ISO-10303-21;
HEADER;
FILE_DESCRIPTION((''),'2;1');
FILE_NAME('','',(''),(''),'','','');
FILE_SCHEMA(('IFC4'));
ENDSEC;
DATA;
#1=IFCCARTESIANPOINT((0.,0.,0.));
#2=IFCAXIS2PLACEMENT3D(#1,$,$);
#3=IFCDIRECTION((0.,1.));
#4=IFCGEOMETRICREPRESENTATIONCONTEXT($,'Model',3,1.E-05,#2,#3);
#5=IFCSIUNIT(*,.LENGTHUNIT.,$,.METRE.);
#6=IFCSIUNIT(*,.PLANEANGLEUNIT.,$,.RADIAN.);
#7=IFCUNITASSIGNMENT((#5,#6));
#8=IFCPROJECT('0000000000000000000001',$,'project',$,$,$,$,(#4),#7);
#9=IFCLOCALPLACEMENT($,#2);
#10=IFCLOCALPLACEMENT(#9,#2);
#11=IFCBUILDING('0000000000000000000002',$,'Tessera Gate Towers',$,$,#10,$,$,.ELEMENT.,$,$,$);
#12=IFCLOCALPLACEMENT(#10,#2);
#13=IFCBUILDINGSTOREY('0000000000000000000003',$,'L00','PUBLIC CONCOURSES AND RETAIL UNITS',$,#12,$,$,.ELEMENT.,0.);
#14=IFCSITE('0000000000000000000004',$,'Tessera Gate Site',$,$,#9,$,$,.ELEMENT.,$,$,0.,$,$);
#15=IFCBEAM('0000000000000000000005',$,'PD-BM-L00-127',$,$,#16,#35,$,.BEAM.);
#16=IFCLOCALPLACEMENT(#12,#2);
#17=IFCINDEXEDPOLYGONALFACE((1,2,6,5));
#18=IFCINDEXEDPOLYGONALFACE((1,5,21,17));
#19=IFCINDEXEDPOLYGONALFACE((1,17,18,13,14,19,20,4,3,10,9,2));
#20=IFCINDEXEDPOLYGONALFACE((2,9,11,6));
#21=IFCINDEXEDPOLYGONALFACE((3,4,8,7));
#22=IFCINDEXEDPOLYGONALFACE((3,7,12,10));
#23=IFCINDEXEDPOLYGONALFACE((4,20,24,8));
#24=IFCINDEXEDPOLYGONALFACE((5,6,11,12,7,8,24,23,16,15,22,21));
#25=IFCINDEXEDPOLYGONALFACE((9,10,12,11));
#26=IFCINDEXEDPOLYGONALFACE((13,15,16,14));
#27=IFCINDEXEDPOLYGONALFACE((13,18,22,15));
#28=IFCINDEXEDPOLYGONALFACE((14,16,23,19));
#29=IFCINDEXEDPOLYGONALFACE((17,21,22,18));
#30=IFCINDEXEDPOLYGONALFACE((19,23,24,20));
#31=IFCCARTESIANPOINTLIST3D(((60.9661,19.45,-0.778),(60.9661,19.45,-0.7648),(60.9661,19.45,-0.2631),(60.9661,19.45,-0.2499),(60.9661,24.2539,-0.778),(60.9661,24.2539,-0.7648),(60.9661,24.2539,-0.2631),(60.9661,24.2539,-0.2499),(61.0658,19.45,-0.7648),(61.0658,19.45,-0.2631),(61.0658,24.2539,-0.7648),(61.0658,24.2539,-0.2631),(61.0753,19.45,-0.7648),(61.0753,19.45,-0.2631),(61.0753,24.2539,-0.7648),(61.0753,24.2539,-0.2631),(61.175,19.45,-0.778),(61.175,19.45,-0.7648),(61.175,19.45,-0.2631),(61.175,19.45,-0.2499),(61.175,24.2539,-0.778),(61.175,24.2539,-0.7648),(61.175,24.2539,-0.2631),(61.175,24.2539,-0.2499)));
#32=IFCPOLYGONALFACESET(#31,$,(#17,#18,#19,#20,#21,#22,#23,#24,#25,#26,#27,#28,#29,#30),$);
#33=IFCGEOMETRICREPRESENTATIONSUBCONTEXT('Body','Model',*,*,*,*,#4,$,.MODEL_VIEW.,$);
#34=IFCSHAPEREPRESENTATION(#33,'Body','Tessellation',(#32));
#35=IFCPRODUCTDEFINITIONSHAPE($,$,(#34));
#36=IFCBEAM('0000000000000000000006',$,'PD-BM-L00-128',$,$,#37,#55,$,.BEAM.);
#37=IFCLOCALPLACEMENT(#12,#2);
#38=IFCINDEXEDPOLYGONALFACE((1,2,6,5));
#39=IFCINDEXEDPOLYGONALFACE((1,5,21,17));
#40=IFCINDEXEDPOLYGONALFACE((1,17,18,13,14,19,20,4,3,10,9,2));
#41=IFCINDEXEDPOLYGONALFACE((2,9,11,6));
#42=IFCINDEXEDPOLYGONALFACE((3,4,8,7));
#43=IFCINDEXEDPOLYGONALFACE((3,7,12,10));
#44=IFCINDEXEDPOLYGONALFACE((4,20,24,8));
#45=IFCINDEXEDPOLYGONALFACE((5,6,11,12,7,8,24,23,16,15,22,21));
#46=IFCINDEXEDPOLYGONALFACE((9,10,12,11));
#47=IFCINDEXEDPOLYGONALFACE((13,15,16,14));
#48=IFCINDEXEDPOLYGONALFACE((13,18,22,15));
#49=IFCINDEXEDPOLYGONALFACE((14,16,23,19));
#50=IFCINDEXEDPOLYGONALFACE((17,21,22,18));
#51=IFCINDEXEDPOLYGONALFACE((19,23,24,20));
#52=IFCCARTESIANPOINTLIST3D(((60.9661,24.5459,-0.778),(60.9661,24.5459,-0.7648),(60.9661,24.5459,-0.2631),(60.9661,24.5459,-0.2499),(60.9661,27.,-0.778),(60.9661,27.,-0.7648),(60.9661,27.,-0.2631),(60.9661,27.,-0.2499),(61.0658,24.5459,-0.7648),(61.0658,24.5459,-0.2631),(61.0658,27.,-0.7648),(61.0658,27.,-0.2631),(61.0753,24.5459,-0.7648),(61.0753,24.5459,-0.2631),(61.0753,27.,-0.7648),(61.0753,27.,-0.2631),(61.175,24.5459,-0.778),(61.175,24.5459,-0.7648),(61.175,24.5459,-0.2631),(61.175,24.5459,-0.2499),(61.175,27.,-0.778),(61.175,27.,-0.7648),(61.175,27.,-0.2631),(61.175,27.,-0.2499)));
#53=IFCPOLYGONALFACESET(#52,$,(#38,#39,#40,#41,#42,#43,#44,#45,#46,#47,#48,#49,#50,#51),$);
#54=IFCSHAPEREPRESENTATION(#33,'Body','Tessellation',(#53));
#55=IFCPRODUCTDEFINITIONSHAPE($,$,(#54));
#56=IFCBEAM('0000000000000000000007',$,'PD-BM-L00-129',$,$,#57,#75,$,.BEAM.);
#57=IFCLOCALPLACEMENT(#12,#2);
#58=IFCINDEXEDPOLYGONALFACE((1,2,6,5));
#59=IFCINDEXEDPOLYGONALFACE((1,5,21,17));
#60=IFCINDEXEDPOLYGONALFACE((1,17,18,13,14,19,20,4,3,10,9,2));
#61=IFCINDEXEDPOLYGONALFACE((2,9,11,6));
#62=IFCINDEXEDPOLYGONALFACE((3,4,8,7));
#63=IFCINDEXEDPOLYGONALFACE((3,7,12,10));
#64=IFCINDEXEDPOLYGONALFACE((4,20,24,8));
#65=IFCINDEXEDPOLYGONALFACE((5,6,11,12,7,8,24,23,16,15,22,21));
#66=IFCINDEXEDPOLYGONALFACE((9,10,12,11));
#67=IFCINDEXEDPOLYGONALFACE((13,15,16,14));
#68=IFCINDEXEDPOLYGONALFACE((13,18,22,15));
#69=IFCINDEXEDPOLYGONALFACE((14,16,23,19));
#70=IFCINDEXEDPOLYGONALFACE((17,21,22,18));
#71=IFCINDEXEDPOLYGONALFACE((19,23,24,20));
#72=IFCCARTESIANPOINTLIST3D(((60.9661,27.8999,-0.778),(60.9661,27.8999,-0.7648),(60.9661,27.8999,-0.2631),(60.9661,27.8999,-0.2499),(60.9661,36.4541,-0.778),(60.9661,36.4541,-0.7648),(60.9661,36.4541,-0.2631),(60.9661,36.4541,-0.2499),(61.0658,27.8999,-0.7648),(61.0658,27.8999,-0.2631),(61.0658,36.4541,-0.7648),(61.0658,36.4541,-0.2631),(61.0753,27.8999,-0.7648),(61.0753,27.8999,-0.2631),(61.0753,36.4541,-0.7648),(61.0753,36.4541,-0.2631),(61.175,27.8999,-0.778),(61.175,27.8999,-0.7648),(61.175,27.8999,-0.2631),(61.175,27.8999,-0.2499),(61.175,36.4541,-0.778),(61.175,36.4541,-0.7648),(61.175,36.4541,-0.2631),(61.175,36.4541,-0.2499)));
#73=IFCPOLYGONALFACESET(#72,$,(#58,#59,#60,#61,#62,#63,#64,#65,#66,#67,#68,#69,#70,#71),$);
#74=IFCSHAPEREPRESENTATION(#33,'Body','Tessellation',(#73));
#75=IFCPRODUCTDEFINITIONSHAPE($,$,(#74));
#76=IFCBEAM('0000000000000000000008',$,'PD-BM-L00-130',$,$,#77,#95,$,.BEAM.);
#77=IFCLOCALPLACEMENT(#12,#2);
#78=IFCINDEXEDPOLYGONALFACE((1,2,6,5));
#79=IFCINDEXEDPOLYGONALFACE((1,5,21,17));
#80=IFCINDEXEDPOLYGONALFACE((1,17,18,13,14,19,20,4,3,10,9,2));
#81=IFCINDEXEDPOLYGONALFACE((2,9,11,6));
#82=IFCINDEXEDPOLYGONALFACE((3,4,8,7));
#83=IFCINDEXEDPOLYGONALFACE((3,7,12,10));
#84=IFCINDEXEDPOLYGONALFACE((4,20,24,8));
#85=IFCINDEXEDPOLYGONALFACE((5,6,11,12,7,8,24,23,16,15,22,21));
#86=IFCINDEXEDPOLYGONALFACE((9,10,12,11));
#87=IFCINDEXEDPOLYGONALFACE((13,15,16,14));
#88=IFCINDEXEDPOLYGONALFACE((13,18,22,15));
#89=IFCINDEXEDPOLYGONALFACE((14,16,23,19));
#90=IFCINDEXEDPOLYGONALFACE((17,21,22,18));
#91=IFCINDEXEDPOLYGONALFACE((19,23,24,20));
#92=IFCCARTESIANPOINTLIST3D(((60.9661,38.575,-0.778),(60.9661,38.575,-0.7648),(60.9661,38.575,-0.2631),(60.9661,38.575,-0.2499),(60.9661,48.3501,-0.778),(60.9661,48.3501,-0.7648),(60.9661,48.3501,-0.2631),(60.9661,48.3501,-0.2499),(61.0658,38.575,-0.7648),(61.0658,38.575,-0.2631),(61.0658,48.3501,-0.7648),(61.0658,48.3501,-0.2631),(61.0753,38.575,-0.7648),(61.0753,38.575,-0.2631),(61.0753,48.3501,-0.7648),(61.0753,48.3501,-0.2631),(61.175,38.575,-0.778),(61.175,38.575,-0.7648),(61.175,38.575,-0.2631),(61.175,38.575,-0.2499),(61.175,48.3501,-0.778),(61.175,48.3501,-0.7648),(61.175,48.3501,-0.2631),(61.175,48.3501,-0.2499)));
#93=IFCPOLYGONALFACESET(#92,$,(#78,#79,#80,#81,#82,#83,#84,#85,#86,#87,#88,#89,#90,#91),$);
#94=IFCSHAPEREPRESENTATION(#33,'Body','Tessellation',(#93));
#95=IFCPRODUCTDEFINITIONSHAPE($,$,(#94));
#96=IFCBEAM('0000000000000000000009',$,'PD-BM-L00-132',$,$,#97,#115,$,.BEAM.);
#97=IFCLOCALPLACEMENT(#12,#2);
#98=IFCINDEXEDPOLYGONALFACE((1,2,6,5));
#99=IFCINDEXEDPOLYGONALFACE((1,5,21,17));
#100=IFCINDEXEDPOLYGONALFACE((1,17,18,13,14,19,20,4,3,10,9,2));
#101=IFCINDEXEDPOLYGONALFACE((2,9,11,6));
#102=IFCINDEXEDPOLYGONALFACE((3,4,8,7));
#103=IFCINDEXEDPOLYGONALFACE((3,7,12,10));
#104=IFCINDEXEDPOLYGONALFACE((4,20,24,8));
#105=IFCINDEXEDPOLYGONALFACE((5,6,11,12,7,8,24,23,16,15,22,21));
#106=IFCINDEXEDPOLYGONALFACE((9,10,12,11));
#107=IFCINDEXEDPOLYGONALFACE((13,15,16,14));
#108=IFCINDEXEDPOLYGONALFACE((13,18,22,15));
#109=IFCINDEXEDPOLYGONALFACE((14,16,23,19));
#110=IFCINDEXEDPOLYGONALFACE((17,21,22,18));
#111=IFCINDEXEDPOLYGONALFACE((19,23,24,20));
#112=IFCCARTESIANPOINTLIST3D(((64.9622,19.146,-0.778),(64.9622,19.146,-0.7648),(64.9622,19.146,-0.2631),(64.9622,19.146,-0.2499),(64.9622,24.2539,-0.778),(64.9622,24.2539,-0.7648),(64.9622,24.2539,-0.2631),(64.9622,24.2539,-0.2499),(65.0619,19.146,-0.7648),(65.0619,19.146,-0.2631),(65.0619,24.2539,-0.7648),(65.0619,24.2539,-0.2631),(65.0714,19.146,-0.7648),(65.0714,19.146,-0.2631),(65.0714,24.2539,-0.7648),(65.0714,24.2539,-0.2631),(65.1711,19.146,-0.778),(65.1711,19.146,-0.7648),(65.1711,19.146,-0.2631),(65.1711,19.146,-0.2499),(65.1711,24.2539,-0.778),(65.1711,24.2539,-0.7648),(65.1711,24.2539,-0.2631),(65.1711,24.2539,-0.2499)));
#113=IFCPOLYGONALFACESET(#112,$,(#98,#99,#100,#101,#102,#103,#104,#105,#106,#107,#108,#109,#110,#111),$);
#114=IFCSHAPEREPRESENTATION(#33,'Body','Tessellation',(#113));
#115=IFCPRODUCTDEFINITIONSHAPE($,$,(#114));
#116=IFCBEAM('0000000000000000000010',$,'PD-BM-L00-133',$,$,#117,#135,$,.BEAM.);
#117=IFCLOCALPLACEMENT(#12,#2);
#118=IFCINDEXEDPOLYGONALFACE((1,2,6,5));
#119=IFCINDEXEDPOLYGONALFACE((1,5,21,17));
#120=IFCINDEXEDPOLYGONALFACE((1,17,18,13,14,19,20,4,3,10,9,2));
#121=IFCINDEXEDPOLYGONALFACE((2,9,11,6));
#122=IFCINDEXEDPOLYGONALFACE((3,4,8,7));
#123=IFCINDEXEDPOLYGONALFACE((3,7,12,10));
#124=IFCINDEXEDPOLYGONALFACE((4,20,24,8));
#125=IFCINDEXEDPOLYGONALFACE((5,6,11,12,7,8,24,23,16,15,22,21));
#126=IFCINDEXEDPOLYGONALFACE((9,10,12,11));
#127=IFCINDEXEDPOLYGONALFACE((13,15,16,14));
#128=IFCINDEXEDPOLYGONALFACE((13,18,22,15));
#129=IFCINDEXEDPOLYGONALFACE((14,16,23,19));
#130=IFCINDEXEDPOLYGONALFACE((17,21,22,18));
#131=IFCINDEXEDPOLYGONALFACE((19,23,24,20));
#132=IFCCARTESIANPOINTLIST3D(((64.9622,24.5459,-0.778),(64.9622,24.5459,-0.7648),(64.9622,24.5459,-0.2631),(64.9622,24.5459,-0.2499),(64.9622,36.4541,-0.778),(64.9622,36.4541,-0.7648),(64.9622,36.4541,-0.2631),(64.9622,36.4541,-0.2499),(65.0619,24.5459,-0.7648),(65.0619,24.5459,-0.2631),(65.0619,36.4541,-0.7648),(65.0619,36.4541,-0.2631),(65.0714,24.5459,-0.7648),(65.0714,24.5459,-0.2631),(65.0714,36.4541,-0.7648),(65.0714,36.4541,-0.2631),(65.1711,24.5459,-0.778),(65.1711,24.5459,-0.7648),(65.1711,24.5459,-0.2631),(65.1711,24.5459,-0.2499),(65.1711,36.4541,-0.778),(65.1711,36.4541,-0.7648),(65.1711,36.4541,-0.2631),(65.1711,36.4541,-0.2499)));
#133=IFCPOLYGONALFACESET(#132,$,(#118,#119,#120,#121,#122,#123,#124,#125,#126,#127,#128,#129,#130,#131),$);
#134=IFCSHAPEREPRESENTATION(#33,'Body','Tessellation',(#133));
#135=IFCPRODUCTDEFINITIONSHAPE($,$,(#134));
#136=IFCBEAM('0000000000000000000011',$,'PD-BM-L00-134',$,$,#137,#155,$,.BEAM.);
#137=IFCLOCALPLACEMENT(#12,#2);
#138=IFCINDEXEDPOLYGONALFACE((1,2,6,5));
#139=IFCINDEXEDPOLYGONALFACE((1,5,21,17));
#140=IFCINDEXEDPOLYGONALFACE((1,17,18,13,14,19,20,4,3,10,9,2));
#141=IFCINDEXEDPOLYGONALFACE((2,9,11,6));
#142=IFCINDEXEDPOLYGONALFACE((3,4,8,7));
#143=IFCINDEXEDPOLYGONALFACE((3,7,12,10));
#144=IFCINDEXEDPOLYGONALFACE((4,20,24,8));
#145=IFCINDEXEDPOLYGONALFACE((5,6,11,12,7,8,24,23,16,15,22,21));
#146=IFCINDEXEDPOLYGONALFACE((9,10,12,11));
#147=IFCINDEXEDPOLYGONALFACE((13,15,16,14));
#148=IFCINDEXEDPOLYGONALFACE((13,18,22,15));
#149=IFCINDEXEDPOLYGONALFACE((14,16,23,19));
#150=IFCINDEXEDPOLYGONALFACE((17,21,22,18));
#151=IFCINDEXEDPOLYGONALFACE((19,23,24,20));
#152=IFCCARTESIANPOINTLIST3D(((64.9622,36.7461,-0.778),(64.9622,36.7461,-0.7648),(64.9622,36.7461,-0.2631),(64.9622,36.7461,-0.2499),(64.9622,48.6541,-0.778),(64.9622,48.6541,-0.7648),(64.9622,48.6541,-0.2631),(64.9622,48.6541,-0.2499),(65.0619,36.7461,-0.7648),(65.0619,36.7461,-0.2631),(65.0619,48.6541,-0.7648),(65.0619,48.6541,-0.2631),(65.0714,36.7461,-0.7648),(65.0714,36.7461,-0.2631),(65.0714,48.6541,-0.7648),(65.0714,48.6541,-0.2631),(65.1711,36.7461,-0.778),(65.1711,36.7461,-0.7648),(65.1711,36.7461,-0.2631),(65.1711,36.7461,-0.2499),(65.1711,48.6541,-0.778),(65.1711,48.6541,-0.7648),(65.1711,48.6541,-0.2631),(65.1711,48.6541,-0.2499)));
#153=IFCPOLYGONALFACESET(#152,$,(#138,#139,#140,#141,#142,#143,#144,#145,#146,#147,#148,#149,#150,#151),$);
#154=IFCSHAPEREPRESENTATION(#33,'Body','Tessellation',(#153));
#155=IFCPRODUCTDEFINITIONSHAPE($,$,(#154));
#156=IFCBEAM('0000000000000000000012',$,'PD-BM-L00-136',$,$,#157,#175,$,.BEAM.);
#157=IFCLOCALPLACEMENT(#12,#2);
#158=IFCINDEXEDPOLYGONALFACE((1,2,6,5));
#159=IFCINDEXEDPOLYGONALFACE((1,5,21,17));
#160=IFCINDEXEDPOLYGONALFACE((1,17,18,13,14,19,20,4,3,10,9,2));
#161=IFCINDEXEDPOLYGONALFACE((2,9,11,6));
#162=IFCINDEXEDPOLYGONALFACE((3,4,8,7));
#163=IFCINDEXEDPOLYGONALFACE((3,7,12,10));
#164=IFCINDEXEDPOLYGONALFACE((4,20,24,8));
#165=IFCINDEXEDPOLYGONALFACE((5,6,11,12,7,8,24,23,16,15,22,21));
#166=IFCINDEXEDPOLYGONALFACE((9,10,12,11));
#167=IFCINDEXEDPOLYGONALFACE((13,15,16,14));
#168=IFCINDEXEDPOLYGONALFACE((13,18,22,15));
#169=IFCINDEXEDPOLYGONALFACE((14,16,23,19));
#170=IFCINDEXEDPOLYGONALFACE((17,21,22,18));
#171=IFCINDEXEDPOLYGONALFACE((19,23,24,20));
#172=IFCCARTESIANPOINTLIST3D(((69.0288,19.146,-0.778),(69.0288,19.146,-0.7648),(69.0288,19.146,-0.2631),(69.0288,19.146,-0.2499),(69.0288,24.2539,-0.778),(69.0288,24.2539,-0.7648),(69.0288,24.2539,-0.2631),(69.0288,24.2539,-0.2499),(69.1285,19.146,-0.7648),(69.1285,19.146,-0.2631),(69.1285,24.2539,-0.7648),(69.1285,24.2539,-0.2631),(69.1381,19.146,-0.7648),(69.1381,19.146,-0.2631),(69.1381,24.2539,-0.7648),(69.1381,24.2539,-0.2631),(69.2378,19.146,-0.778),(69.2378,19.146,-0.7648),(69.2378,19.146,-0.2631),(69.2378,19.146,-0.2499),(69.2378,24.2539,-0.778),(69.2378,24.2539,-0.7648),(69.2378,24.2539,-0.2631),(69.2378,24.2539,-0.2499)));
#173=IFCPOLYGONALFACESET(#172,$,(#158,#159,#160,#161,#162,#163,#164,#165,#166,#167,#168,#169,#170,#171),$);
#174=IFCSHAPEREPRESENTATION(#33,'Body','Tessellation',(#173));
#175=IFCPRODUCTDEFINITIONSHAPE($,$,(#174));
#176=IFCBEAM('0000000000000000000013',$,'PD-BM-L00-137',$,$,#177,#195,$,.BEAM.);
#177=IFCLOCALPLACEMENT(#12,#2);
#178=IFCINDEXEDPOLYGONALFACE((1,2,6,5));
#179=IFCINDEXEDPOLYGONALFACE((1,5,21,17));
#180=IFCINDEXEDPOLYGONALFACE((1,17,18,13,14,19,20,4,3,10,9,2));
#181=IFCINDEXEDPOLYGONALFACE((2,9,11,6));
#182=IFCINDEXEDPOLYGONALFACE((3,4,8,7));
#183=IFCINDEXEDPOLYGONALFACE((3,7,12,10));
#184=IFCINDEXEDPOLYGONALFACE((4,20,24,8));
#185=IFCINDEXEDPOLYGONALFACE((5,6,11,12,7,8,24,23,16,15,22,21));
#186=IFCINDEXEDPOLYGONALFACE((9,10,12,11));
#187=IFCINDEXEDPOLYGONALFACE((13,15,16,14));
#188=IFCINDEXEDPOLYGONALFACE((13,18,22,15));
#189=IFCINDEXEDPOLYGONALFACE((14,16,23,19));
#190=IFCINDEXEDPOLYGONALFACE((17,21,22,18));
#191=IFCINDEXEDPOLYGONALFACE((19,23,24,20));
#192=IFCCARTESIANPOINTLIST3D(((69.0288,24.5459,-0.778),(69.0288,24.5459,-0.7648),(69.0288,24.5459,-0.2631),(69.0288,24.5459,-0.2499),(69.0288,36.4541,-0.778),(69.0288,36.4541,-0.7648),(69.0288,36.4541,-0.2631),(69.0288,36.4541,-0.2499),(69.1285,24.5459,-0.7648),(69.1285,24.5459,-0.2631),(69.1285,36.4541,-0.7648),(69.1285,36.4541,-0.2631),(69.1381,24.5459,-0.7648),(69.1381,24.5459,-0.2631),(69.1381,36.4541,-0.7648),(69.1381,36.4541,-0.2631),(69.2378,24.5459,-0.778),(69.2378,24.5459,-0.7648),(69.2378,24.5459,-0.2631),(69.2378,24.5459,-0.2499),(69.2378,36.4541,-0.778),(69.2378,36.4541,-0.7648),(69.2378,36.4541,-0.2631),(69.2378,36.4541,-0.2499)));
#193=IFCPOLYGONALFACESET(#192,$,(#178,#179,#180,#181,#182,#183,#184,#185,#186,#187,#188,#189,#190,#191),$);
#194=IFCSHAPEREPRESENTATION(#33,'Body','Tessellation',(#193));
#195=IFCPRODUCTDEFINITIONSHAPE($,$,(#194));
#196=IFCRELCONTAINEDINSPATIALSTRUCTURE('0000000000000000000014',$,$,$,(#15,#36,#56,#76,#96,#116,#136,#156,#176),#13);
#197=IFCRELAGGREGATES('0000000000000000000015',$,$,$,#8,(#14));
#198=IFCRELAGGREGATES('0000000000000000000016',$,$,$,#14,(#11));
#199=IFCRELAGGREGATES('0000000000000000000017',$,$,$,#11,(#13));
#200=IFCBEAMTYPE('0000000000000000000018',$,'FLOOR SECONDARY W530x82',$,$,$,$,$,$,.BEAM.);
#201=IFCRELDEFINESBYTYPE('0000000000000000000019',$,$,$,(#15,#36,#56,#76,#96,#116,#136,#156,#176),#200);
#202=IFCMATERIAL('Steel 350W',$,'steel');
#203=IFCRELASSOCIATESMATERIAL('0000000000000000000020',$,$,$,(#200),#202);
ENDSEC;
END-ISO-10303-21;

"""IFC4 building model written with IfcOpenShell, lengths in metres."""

from ifc_helpers import new_model, si_unit, direction, frame, origin, origin_2d, place, context, subcontext, project, spatial, i_section, extrude, material, material_profile, profile_set, type_object, element, save


model = new_model("IFC4")

# Units and contexts
model_context = context("Model", 3, precision=1e-05, world=origin(), true_north=direction((0.0, 1.0)))
body_context = subcontext(model_context, "Body", "Model", "MODEL_VIEW")
ifc_project = project(units=[si_unit("LENGTHUNIT", "METRE"), si_unit("PLANEANGLEUNIT", "RADIAN")], contexts=[model_context])

# Site, building, storey
site_placement = place(None, origin())
site = spatial("IfcSite", under=ifc_project, at=site_placement, Name="Tessera Gate Site", CompositionType="ELEMENT", RefElevation=0.0)
building_placement = place(site_placement, origin())
building = spatial("IfcBuilding", under=site, at=building_placement, Name="Tessera Gate Towers", CompositionType="ELEMENT")
storey_placement = place(building_placement, origin())
storey = spatial("IfcBuildingStorey", under=building, at=storey_placement, Name="L00", Description="PUBLIC CONCOURSES AND RETAIL UNITS", CompositionType="ELEMENT", Elevation=0.0)

# Beams
ifc_material_1 = material(Name="Steel 350W", Category="steel")
ifc_material_profile_1 = material_profile(ifc_material_1, i_section(OverallWidth=0.209, OverallDepth=0.5281, WebThickness=0.0095, FlangeThickness=0.0132, at=origin_2d()), Name="W530x82")
ifc_profile_set_1 = profile_set([ifc_material_profile_1], Name="Steel 350W")
beam_type_1 = type_object("IfcBeamType", Name="FLOOR SECONDARY W530x82", PredefinedType="BEAM", material=ifc_profile_set_1)
beam_1_placement = place(storey_placement, frame((61.0706, 19.45, -0.5139), z_axis=(0.0, 1.0, 0.0), x_axis=(-1.0, 0.0, 0.0)))
element("IfcBeam", 1, at=beam_1_placement, inside=storey, type_object=beam_type_1, Name="PD-BM-L00-127", PredefinedType="BEAM", context=body_context, shape_type="SweptSolid", body=[
    extrude(i_section(OverallWidth=0.209, OverallDepth=0.5281, WebThickness=0.0095, FlangeThickness=0.0132, at=origin_2d()), origin(), (0.0, 0.0, 1.0), 4.804),
])
beam_2_placement = place(storey_placement, frame((61.0706, 24.5459, -0.5139), z_axis=(0.0, 1.0, 0.0), x_axis=(-1.0, 0.0, 0.0)))
element("IfcBeam", 2, at=beam_2_placement, inside=storey, type_object=beam_type_1, Name="PD-BM-L00-128", PredefinedType="BEAM", context=body_context, shape_type="SweptSolid", body=[
    extrude(i_section(OverallWidth=0.209, OverallDepth=0.5281, WebThickness=0.0095, FlangeThickness=0.0132, at=origin_2d()), origin(), (0.0, 0.0, 1.0), 2.4541),
])
beam_3_placement = place(storey_placement, frame((61.0706, 27.8999, -0.5139), z_axis=(0.0, 1.0, 0.0), x_axis=(-1.0, 0.0, 0.0)))
element("IfcBeam", 3, at=beam_3_placement, inside=storey, type_object=beam_type_1, Name="PD-BM-L00-129", PredefinedType="BEAM", context=body_context, shape_type="SweptSolid", body=[
    extrude(i_section(OverallWidth=0.209, OverallDepth=0.5281, WebThickness=0.0095, FlangeThickness=0.0132, at=origin_2d()), origin(), (0.0, 0.0, 1.0), 8.5542),
])
beam_4_placement = place(storey_placement, frame((61.0706, 38.575, -0.5139), z_axis=(0.0, 1.0, 0.0), x_axis=(-1.0, 0.0, 0.0)))
element("IfcBeam", 4, at=beam_4_placement, inside=storey, type_object=beam_type_1, Name="PD-BM-L00-130", PredefinedType="BEAM", context=body_context, shape_type="SweptSolid", body=[
    extrude(i_section(OverallWidth=0.209, OverallDepth=0.5281, WebThickness=0.0095, FlangeThickness=0.0132, at=origin_2d()), origin(), (0.0, 0.0, 1.0), 9.7751),
])
beam_5_placement = place(storey_placement, frame((65.0667, 19.146, -0.5139), z_axis=(0.0, 1.0, 0.0), x_axis=(-1.0, 0.0, 0.0)))
element("IfcBeam", 5, at=beam_5_placement, inside=storey, type_object=beam_type_1, Name="PD-BM-L00-132", PredefinedType="BEAM", context=body_context, shape_type="SweptSolid", body=[
    extrude(i_section(OverallWidth=0.209, OverallDepth=0.5281, WebThickness=0.0095, FlangeThickness=0.0132, at=origin_2d()), origin(), (0.0, 0.0, 1.0), 5.1079),
])
beam_6_placement = place(storey_placement, frame((65.0667, 24.5459, -0.5139), z_axis=(0.0, 1.0, 0.0), x_axis=(-1.0, 0.0, 0.0)))
element("IfcBeam", 6, at=beam_6_placement, inside=storey, type_object=beam_type_1, Name="PD-BM-L00-133", PredefinedType="BEAM", context=body_context, shape_type="SweptSolid", body=[
    extrude(i_section(OverallWidth=0.209, OverallDepth=0.5281, WebThickness=0.0095, FlangeThickness=0.0132, at=origin_2d()), origin(), (0.0, 0.0, 1.0), 11.9082),
])
beam_7_placement = place(storey_placement, frame((65.0667, 36.7461, -0.5139), z_axis=(0.0, 1.0, 0.0), x_axis=(-1.0, 0.0, 0.0)))
element("IfcBeam", 7, at=beam_7_placement, inside=storey, type_object=beam_type_1, Name="PD-BM-L00-134", PredefinedType="BEAM", context=body_context, shape_type="SweptSolid", body=[
    extrude(i_section(OverallWidth=0.209, OverallDepth=0.5281, WebThickness=0.0095, FlangeThickness=0.0132, at=origin_2d()), origin(), (0.0, 0.0, 1.0), 11.908),
])
beam_8_placement = place(storey_placement, frame((69.1333, 19.146, -0.5139), z_axis=(0.0, 1.0, 0.0), x_axis=(-1.0, 0.0, 0.0)))
element("IfcBeam", 8, at=beam_8_placement, inside=storey, type_object=beam_type_1, Name="PD-BM-L00-136", PredefinedType="BEAM", context=body_context, shape_type="SweptSolid", body=[
    extrude(i_section(OverallWidth=0.209, OverallDepth=0.5281, WebThickness=0.0095, FlangeThickness=0.0132, at=origin_2d()), origin(), (0.0, 0.0, 1.0), 5.1079),
])
beam_9_placement = place(storey_placement, frame((69.1333, 24.5459, -0.5139), z_axis=(0.0, 1.0, 0.0), x_axis=(-1.0, 0.0, 0.0)))
element("IfcBeam", 9, at=beam_9_placement, inside=storey, type_object=beam_type_1, Name="PD-BM-L00-137", PredefinedType="BEAM", context=body_context, shape_type="SweptSolid", body=[
    extrude(i_section(OverallWidth=0.209, OverallDepth=0.5281, WebThickness=0.0095, FlangeThickness=0.0132, at=origin_2d()), origin(), (0.0, 0.0, 1.0), 11.9082),
])

save(model, "model.ifc")
